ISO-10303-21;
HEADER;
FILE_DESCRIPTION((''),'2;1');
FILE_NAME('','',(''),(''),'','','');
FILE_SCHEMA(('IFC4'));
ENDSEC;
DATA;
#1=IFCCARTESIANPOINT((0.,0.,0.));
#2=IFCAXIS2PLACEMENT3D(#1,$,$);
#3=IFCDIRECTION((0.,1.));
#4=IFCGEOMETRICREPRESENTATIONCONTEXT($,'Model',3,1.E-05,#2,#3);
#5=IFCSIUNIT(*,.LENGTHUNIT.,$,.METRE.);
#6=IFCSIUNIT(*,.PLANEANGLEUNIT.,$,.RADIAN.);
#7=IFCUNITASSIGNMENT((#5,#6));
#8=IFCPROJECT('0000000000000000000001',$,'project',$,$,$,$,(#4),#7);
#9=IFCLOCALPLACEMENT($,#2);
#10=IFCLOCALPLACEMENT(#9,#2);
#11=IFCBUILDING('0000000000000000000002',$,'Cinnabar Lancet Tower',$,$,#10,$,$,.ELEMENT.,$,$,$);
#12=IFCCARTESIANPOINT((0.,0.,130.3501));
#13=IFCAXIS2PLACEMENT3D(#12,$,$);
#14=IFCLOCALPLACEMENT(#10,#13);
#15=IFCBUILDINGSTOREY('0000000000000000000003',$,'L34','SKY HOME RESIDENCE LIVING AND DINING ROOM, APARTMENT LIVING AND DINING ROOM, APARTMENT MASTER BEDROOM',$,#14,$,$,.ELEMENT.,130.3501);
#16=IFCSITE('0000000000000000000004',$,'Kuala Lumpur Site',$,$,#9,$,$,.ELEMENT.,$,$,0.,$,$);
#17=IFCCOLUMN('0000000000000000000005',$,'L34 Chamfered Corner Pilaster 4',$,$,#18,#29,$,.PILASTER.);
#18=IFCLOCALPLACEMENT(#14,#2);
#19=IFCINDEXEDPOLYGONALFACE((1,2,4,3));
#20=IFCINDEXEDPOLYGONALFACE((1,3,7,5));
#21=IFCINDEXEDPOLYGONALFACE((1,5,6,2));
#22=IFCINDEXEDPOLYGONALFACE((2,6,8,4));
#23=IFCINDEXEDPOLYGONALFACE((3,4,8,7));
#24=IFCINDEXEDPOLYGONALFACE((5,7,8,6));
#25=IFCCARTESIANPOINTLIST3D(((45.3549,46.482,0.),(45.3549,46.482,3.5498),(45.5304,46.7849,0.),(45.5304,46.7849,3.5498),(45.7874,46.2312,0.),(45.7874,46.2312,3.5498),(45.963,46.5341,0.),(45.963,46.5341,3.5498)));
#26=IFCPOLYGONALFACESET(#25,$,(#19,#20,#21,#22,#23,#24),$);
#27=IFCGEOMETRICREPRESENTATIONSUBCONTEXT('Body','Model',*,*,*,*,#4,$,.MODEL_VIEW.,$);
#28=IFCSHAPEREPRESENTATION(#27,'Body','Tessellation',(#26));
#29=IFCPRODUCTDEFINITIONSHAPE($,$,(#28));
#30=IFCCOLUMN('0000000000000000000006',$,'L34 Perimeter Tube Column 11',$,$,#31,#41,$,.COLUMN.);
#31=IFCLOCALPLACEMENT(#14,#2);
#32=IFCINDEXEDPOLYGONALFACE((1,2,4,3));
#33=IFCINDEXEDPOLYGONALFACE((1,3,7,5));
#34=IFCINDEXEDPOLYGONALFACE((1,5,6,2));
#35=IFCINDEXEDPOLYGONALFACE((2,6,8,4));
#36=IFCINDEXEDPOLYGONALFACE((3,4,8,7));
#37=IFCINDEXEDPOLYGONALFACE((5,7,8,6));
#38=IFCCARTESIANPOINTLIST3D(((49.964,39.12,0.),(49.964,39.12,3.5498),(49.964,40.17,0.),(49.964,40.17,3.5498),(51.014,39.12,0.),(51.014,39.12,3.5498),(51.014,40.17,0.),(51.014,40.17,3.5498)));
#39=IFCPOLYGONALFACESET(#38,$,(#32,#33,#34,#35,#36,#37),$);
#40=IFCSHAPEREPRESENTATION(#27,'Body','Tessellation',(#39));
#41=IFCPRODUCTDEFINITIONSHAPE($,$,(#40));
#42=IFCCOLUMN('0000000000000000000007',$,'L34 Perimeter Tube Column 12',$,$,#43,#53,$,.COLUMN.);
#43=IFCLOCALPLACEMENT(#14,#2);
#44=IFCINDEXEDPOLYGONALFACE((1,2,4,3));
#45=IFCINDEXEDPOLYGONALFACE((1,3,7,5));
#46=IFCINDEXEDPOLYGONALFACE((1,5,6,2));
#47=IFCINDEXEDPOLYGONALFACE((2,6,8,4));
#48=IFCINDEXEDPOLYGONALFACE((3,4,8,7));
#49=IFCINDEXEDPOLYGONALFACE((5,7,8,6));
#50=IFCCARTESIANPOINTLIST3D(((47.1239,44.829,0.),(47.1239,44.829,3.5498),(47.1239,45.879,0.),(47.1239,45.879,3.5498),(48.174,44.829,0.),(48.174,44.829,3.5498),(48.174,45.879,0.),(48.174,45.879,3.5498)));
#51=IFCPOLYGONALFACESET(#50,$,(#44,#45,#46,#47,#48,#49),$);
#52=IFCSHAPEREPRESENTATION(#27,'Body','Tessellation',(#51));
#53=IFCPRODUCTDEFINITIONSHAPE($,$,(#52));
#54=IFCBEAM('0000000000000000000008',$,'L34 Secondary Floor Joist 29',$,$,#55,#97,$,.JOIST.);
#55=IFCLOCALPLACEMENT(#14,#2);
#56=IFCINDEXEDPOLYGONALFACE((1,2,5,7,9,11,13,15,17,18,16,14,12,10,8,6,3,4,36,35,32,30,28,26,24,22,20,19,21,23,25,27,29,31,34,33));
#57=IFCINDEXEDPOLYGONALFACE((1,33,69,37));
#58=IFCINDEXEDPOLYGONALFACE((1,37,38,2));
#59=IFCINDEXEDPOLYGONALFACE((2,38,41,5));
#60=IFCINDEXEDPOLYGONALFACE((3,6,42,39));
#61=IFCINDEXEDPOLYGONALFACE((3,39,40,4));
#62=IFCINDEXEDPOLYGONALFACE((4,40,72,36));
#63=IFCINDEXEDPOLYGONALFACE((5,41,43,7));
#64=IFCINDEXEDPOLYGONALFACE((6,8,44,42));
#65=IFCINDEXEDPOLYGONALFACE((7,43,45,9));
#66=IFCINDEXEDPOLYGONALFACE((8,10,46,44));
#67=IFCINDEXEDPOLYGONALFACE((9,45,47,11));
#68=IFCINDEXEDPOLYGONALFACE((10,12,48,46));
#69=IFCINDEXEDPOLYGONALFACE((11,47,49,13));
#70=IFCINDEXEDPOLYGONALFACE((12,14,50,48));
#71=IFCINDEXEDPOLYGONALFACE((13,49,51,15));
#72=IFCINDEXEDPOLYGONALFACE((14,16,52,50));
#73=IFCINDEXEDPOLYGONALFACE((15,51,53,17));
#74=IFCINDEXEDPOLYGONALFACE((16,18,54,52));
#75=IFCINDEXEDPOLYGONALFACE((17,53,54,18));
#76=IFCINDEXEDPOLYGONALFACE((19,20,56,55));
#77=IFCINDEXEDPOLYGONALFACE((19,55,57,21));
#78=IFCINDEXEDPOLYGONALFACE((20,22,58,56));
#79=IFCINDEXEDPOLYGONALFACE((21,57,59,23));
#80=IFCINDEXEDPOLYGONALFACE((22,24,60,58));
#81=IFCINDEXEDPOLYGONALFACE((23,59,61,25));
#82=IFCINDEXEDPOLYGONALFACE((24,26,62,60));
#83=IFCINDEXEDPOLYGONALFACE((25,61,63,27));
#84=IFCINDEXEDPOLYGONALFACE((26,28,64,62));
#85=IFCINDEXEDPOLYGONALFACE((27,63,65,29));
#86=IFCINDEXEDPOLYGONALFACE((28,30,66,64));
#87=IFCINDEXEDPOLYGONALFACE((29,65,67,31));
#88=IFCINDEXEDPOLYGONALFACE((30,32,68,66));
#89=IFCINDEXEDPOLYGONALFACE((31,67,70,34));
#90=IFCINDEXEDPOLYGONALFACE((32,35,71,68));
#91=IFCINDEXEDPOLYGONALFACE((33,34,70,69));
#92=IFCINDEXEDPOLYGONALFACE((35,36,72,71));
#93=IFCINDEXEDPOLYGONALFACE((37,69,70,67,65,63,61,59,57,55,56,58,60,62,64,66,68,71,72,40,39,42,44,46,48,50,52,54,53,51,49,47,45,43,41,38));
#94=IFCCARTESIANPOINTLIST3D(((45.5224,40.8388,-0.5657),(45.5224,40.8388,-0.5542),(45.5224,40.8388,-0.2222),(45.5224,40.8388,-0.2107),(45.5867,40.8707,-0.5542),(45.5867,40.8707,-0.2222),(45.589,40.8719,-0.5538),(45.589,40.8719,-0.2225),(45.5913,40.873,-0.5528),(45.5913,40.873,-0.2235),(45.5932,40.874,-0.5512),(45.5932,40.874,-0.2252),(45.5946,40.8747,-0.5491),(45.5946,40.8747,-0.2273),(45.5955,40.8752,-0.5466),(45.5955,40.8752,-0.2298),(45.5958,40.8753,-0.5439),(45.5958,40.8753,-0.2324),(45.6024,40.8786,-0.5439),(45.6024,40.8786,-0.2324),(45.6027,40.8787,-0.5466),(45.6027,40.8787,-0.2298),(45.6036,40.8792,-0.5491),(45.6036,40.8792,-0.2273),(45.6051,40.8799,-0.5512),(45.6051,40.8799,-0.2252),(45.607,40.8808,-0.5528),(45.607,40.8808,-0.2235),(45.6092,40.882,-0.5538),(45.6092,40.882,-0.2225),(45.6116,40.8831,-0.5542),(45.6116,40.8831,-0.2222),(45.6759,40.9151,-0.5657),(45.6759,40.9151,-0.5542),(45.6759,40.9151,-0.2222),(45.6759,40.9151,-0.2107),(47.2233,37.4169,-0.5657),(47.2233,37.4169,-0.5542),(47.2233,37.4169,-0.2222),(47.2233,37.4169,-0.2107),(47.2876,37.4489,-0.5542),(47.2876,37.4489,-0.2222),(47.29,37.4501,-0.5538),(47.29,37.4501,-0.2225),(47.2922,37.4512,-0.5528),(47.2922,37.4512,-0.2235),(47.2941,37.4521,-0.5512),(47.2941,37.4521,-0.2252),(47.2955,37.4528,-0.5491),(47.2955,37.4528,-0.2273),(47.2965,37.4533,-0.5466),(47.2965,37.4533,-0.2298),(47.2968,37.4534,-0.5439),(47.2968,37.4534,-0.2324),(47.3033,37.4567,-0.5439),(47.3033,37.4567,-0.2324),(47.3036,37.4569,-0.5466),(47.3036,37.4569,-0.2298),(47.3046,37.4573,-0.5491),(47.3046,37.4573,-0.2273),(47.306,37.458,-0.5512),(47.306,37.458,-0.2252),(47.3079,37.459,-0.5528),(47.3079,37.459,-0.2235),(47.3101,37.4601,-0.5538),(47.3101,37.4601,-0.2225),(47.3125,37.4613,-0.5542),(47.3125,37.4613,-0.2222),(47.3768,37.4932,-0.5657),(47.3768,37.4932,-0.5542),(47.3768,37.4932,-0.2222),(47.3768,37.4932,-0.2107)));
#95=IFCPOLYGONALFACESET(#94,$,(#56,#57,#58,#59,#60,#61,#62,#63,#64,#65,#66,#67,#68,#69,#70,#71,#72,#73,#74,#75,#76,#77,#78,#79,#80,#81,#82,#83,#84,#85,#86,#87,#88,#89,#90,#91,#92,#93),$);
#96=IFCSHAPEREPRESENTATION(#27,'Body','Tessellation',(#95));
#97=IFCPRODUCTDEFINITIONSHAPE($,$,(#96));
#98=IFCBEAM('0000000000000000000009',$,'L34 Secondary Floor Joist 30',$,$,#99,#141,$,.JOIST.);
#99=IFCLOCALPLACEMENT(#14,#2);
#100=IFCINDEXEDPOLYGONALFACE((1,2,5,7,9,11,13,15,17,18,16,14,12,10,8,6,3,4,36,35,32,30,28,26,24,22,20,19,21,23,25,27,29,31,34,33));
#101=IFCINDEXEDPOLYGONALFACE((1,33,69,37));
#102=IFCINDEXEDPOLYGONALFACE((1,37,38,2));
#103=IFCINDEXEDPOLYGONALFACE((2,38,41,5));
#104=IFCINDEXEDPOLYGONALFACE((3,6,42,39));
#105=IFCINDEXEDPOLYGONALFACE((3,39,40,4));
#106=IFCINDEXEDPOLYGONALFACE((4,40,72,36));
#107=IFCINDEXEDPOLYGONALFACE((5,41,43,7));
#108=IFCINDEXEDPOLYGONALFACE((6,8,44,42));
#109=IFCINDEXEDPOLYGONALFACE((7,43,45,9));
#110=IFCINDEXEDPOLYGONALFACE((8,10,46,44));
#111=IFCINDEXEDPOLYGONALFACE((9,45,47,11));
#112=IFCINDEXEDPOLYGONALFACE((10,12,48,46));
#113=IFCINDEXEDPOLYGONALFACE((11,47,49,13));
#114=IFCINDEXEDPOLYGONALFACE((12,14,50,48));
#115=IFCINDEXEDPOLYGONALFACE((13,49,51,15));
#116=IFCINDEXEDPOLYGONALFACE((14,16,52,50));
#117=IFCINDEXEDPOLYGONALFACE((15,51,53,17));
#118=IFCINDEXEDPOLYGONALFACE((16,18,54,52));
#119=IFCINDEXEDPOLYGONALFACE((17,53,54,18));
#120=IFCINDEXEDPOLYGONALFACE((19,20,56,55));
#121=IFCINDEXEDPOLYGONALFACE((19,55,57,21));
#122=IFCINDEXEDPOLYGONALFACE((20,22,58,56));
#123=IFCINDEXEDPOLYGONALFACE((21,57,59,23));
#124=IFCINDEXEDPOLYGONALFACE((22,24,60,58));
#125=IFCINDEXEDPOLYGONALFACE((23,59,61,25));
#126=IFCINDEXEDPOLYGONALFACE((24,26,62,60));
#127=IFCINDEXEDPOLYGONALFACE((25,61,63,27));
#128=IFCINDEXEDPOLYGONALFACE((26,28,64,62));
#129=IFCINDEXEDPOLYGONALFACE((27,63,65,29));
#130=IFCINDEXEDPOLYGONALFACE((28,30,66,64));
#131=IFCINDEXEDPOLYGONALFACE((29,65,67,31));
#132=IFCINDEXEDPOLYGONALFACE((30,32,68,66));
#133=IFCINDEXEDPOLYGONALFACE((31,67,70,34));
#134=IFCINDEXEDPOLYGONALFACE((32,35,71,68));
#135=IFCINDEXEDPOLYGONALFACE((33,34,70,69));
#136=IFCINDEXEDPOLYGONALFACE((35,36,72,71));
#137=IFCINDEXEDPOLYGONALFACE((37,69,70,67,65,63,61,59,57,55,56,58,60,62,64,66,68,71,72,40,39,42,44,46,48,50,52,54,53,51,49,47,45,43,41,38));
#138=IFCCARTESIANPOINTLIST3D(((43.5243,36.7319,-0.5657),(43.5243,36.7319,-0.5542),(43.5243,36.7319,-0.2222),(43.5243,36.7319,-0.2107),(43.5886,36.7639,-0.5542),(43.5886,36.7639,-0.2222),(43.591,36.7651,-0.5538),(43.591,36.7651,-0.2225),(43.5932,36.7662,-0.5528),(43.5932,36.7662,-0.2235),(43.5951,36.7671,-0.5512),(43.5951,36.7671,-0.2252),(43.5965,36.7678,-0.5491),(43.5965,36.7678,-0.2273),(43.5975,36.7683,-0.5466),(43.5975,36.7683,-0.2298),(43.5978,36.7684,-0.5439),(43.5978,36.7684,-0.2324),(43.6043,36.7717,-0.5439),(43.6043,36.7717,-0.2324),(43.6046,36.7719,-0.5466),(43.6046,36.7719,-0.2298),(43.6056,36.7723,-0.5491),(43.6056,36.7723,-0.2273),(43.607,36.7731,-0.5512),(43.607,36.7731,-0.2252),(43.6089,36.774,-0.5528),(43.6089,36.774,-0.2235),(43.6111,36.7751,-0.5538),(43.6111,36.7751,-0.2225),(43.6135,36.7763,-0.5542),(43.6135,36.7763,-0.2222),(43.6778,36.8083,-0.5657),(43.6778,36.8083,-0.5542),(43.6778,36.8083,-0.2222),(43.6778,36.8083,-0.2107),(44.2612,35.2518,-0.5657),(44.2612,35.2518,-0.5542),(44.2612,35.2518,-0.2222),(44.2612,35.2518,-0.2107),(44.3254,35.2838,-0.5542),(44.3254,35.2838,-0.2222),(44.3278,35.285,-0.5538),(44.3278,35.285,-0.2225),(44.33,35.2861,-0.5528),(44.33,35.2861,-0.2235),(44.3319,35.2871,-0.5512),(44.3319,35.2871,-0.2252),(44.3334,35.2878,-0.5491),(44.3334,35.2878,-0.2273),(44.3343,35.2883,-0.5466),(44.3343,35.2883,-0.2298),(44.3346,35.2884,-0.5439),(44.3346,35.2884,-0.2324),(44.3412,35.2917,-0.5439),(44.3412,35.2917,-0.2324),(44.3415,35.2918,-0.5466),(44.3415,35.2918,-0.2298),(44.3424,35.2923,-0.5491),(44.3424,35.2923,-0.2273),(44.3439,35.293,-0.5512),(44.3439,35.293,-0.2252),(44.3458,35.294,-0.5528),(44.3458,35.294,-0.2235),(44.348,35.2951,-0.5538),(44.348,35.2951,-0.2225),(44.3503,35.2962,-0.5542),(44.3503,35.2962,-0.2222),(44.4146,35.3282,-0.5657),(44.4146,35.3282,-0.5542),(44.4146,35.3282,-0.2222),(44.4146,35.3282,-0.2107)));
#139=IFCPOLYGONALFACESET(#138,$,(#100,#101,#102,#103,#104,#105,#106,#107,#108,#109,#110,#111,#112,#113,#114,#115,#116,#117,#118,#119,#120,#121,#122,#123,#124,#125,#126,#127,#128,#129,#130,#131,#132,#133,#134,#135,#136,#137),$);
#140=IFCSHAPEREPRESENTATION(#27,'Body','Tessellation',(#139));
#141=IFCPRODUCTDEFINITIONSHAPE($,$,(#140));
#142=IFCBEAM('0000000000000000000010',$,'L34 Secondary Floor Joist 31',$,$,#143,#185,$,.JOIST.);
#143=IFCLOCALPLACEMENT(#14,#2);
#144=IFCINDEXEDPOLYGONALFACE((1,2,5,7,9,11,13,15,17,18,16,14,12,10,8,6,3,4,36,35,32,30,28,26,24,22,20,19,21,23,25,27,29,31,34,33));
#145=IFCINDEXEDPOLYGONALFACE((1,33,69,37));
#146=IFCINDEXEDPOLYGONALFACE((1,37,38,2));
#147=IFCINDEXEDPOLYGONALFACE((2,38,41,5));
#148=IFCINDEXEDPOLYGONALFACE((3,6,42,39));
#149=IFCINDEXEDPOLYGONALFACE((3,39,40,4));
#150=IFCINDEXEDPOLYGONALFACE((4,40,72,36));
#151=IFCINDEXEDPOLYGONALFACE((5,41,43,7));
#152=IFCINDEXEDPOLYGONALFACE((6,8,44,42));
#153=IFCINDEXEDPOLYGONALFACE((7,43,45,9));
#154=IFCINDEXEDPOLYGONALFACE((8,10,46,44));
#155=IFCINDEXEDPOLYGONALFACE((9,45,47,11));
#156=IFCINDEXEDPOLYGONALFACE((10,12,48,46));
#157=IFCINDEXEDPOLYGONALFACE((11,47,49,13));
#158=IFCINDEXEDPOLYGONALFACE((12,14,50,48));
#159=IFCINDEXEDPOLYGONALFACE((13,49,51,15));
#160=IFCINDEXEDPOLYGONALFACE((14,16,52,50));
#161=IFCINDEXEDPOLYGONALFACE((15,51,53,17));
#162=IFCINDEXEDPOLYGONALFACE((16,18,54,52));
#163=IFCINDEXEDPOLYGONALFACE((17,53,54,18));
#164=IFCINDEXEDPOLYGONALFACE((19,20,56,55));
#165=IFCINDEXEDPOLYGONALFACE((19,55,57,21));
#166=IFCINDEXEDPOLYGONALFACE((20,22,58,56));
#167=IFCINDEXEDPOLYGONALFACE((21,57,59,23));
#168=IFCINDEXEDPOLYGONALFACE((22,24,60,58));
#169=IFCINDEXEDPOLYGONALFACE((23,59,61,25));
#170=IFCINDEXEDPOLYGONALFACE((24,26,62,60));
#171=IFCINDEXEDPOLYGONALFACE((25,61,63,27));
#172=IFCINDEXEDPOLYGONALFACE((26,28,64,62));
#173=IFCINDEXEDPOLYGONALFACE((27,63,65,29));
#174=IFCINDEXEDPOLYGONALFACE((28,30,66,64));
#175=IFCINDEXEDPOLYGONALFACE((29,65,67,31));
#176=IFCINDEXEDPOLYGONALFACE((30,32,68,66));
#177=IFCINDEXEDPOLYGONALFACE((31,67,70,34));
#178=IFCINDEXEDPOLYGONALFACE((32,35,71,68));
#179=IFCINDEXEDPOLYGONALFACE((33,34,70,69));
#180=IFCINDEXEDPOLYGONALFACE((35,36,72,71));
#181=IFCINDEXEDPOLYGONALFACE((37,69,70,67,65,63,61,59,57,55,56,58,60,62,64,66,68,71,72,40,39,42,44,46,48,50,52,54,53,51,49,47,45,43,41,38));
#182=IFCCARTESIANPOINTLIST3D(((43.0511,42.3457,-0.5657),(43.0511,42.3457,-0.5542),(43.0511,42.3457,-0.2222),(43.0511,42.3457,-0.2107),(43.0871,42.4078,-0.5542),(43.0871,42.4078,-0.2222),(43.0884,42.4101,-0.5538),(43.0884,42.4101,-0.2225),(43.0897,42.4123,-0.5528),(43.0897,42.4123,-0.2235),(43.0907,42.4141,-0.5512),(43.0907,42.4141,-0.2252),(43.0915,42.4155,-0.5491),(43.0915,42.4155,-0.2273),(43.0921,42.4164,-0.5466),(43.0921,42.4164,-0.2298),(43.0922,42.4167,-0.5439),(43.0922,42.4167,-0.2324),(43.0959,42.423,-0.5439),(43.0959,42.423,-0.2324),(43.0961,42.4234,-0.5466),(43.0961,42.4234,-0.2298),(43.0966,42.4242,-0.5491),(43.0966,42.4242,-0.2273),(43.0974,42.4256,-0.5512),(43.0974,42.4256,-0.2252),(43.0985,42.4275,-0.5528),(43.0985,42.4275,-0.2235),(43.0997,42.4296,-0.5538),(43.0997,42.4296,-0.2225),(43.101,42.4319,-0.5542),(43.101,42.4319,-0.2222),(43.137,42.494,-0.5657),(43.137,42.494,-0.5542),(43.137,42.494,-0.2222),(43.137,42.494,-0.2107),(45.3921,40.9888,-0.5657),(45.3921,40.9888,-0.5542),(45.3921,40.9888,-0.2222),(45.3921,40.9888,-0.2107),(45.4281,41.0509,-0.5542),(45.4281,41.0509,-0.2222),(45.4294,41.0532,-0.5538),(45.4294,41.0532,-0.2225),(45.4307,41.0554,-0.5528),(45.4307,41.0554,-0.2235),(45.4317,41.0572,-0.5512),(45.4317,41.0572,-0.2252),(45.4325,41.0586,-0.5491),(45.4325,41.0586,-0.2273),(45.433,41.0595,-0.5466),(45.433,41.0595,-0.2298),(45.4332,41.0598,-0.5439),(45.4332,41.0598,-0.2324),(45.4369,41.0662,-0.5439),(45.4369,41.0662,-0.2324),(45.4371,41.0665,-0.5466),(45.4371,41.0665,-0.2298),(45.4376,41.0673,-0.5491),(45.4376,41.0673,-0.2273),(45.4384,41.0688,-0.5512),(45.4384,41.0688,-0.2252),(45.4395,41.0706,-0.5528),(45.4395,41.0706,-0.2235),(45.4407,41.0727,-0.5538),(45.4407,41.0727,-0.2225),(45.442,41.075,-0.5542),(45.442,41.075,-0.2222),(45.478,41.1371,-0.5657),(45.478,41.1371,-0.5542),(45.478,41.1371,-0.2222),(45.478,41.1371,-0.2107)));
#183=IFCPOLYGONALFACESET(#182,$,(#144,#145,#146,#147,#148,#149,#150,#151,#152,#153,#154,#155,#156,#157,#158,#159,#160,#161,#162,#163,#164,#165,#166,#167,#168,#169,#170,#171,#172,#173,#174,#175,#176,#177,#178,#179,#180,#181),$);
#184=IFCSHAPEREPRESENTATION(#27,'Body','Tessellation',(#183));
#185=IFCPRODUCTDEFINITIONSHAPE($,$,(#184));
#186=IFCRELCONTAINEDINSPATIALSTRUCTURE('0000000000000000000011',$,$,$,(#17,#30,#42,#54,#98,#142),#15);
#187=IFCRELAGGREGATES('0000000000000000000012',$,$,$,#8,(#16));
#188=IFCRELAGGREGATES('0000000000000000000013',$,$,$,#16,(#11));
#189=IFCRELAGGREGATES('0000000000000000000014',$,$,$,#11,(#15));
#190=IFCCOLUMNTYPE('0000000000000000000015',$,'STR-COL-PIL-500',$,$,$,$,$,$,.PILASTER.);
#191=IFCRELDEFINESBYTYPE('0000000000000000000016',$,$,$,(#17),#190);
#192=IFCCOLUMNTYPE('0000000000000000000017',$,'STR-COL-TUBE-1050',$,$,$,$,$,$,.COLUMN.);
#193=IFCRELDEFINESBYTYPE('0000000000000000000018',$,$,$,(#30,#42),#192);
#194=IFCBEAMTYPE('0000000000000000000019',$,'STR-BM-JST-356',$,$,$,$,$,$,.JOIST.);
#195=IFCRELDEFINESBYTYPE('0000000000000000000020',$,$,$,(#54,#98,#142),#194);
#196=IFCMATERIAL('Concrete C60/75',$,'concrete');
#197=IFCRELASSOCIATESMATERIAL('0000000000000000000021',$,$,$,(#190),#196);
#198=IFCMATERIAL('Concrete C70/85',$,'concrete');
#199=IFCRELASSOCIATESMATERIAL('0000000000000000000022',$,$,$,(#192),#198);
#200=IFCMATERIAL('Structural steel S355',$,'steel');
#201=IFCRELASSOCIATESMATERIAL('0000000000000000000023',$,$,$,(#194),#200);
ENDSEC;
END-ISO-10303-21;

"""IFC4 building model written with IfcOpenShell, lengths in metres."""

from ifc_helpers import new_model, si_unit, direction, frame, origin, origin_2d, place, context, subcontext, project, spatial, rectangle, i_section, extrude, material, material_profile, profile_set, type_object, element, save


model = new_model("IFC4")

# Units and contexts
model_context = context("Model", 3, precision=1e-05, world=origin(), true_north=direction((0.0, 1.0)))
body_context = subcontext(model_context, "Body", "Model", "MODEL_VIEW")
ifc_project = project(units=[si_unit("LENGTHUNIT", "METRE"), si_unit("PLANEANGLEUNIT", "RADIAN")], contexts=[model_context])

# Site, building, storey
site_placement = place(None, origin())
site = spatial("IfcSite", under=ifc_project, at=site_placement, Name="Kuala Lumpur Site", CompositionType="ELEMENT", RefElevation=0.0)
building_placement = place(site_placement, origin())
building = spatial("IfcBuilding", under=site, at=building_placement, Name="Cinnabar Lancet Tower", CompositionType="ELEMENT")
storey_placement = place(building_placement, frame((0.0, 0.0, 130.3501)))
storey = spatial("IfcBuildingStorey", under=building, at=storey_placement, Name="L34", Description="SKY HOME RESIDENCE LIVING AND DINING ROOM, APARTMENT LIVING AND DINING ROOM, APARTMENT MASTER BEDROOM", CompositionType="ELEMENT", Elevation=130.3501)

# Columns
ifc_material_1 = material(Name="Concrete C60/75", Category="concrete")
ifc_material_profile_1 = material_profile(ifc_material_1, rectangle(XDim=0.5, YDim=0.3501, at=origin_2d()), Name="RC-PIL 500x350")
ifc_profile_set_1 = profile_set([ifc_material_profile_1], Name="Concrete C60/75")
column_type_1 = type_object("IfcColumnType", Name="STR-COL-PIL-500", PredefinedType="PILASTER", material=ifc_profile_set_1)
column_placement = place(storey_placement, frame((45.6589, 46.5081, 0.0), z_axis=(0.0, 0.0, 1.0), x_axis=(-0.86516, 0.501496, 0.0)))
element("IfcColumn", 1, at=column_placement, inside=storey, type_object=column_type_1, Name="L34 Chamfered Corner Pilaster 4", PredefinedType="PILASTER", context=body_context, shape_type="SweptSolid", body=[
    extrude(rectangle(XDim=0.5, YDim=0.3501, at=origin_2d()), origin(), (0.0, 0.0, 1.0), 3.5498),
])
ifc_material_2 = material(Name="Concrete C70/85", Category="concrete")
ifc_material_profile_2 = material_profile(ifc_material_2, rectangle(XDim=1.05, YDim=1.05, at=origin_2d()), Name="RC-COL 1050x1050")
ifc_profile_set_2 = profile_set([ifc_material_profile_2], Name="Concrete C70/85")
column_type_2 = type_object("IfcColumnType", Name="STR-COL-TUBE-1050", PredefinedType="COLUMN", material=ifc_profile_set_2)
for number, where, z_axis, x_axis, name in (
    (2, (50.489, 39.645, 0.0), (0.0, 0.0, 1.0), (1.0, 0.0, 0.0), "L34 Perimeter Tube Column 11"),
    (3, (47.6489, 45.354, 0.0), (0.0, 0.0, 1.0), (1.0, 0.0, 0.0), "L34 Perimeter Tube Column 12"),
):
    element("IfcColumn", number, at=place(storey_placement, frame(where, z_axis=z_axis, x_axis=x_axis)), inside=storey, type_object=column_type_2, Name=name, PredefinedType="COLUMN", context=body_context, shape_type="SweptSolid", body=[
        extrude(rectangle(XDim=1.05, YDim=1.05, at=origin_2d()), origin(), (0.0, 0.0, 1.0), 3.5498),
    ])

# Beams
ifc_material_3 = material(Name="Structural steel S355", Category="steel")
ifc_material_profile_3 = material_profile(ifc_material_3, i_section(OverallWidth=0.1714, OverallDepth=0.355, WebThickness=0.0073, FlangeThickness=0.0115, FilletRadius=0.0103, at=origin_2d()), Name="UKB 356x171x51")
ifc_profile_set_3 = profile_set([ifc_material_profile_3], Name="Structural steel S355")
beam_type_1 = type_object("IfcBeamType", Name="STR-BM-JST-356", PredefinedType="JOIST", material=ifc_profile_set_3)
beam_1_placement = place(storey_placement, frame((47.3, 37.4551, -0.3882), z_axis=(-0.445117, 0.895473, 0.0), x_axis=(-0.895473, -0.445117, 0.0)))
element("IfcBeam", 4, at=beam_1_placement, inside=storey, type_object=beam_type_1, Name="L34 Secondary Floor Joist 29", PredefinedType="JOIST", context=body_context, shape_type="SweptSolid", body=[
    extrude(i_section(OverallWidth=0.1714, OverallDepth=0.355, WebThickness=0.0073, FlangeThickness=0.0115, FilletRadius=0.0103, at=origin_2d()), origin(), (0.0, 0.0, 1.0), 3.8213),
])
beam_2_placement = place(storey_placement, frame((44.3379, 35.29, -0.3882), z_axis=(-0.445677, 0.895194, 0.0), x_axis=(-0.895194, -0.445677, 0.0)))
element("IfcBeam", 5, at=beam_2_placement, inside=storey, type_object=beam_type_1, Name="L34 Secondary Floor Joist 30", PredefinedType="JOIST", context=body_context, shape_type="SweptSolid", body=[
    extrude(i_section(OverallWidth=0.1714, OverallDepth=0.355, WebThickness=0.0073, FlangeThickness=0.0115, FilletRadius=0.0103, at=origin_2d()), origin(), (0.0, 0.0, 1.0), 1.6533),
])
beam_3_placement = place(storey_placement, frame((45.4351, 41.063, -0.3882), z_axis=(-0.865173, 0.501474, 0.0), x_axis=(-0.501474, -0.865173, 0.0)))
element("IfcBeam", 6, at=beam_3_placement, inside=storey, type_object=beam_type_1, Name="L34 Secondary Floor Joist 31", PredefinedType="JOIST", context=body_context, shape_type="SweptSolid", body=[
    extrude(i_section(OverallWidth=0.1714, OverallDepth=0.355, WebThickness=0.0073, FlangeThickness=0.0115, FilletRadius=0.0103, at=origin_2d()), origin(), (0.0, 0.0, 1.0), 2.7058),
])

save(model, "model.ifc")
